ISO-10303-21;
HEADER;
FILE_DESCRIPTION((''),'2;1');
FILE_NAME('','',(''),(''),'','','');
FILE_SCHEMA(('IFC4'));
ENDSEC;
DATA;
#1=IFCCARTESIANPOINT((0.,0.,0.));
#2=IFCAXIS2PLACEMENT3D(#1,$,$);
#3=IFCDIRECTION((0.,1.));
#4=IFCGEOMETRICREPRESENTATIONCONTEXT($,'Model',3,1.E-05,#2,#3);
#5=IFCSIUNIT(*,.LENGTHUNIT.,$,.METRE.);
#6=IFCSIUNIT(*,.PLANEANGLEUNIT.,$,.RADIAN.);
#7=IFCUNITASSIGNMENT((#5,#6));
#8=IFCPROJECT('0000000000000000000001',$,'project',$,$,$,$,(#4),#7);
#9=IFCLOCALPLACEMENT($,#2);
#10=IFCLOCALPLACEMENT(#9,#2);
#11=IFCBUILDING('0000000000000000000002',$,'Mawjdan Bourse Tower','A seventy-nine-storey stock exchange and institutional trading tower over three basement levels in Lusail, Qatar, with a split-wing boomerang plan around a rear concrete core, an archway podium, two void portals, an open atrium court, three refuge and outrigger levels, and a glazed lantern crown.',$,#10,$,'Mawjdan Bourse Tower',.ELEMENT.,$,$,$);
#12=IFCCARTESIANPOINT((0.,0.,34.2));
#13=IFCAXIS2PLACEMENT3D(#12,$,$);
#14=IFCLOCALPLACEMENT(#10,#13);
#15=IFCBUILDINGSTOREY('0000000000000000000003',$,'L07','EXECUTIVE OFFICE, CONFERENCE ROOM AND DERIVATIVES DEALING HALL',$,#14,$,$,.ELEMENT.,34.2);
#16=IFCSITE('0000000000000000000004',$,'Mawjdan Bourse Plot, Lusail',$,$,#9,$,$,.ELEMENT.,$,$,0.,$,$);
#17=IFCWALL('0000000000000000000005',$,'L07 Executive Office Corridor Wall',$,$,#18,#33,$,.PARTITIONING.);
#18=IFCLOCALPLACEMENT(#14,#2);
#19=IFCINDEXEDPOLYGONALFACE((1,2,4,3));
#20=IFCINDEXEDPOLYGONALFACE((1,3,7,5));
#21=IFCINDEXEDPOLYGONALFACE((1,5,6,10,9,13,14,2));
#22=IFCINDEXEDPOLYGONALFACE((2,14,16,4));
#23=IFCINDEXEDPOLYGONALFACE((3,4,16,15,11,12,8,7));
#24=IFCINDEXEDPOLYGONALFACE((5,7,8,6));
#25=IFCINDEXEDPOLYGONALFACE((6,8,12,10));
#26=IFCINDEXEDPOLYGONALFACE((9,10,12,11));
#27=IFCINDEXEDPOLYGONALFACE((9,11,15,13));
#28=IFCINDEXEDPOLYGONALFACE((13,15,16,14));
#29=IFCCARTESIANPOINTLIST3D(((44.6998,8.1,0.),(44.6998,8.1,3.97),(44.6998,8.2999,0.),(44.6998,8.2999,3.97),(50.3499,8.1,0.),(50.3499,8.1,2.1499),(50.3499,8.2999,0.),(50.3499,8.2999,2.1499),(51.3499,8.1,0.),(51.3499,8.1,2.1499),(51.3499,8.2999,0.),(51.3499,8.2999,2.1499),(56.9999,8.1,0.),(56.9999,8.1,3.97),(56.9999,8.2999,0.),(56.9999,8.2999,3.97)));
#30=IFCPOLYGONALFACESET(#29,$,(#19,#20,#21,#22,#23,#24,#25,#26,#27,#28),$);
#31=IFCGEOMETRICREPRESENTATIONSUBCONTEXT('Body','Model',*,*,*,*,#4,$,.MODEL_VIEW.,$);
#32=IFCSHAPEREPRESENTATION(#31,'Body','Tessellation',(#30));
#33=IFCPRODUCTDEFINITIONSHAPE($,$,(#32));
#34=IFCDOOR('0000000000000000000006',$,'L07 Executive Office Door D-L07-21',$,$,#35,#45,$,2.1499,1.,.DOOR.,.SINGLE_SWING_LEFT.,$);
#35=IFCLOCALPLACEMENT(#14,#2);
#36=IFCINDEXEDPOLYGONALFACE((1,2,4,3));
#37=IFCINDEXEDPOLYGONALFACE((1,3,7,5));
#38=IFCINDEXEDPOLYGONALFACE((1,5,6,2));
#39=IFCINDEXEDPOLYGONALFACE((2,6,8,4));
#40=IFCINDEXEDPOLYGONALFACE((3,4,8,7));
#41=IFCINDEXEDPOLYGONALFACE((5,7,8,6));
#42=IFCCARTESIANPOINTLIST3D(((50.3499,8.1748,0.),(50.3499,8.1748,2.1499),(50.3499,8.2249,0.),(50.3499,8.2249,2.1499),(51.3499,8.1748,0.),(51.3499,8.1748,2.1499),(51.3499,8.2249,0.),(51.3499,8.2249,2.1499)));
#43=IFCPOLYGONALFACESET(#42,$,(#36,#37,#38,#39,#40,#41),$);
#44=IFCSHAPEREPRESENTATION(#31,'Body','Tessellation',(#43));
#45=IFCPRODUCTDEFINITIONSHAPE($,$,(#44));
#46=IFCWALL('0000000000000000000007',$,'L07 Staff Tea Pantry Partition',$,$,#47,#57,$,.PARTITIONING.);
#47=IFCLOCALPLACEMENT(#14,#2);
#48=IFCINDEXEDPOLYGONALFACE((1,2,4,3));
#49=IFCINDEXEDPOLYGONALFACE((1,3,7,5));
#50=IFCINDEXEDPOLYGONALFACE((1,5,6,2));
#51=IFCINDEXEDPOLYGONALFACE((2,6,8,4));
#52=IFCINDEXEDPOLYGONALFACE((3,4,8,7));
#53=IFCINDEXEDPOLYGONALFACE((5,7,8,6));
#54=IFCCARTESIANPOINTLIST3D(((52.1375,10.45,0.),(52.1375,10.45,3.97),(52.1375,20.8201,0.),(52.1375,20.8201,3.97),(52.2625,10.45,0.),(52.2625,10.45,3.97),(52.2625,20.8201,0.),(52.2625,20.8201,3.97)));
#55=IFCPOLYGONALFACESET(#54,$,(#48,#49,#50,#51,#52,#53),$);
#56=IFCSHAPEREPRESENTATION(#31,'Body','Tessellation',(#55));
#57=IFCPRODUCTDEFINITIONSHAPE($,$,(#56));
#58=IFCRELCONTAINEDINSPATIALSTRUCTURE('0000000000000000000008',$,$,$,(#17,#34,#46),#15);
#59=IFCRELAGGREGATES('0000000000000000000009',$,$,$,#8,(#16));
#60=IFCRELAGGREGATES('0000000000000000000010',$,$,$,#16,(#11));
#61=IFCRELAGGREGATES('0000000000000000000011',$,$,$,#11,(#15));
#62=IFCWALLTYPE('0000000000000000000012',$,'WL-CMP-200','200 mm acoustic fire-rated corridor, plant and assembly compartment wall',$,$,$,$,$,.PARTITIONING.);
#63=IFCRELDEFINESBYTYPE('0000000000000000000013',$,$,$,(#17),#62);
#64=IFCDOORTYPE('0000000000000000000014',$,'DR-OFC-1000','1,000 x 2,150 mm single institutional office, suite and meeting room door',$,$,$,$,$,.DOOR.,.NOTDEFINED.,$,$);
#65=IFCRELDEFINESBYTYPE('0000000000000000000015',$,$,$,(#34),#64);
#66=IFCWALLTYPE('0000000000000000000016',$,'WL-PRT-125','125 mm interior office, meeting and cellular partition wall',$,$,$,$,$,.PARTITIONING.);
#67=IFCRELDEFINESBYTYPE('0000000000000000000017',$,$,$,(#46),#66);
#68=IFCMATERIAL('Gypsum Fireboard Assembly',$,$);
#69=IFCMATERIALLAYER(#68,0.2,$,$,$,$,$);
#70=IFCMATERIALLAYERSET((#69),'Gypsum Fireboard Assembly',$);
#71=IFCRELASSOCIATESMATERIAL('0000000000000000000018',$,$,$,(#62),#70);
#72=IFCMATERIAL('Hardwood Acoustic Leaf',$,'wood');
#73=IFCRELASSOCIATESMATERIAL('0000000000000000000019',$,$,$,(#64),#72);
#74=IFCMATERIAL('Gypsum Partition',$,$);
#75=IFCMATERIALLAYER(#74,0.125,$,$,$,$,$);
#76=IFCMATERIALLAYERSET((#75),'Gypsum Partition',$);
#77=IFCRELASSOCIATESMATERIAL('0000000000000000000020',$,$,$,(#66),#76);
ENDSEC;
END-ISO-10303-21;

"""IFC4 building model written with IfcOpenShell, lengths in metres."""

from ifc_helpers import new_model, si_unit, direction, frame, frame_2d, origin, place, context, subcontext, project, spatial, rectangle, extrude, material, layer, layer_set, type_object, element, fill, save


model = new_model("IFC4")

# Units and contexts
model_context = context("Model", 3, precision=1e-05, world=origin(), true_north=direction((0.0, 1.0)))
body_context = subcontext(model_context, "Body", "Model", "MODEL_VIEW")
ifc_project = project(units=[si_unit("LENGTHUNIT", "METRE"), si_unit("PLANEANGLEUNIT", "RADIAN")], contexts=[model_context])

# Site, building, storey
site_placement = place(None, origin())
site = spatial("IfcSite", under=ifc_project, at=site_placement, Name="Mawjdan Bourse Plot, Lusail", CompositionType="ELEMENT", RefElevation=0.0)
building_placement = place(site_placement, origin())
building = spatial("IfcBuilding", under=site, at=building_placement, Name="Mawjdan Bourse Tower", Description="A seventy-nine-storey stock exchange and institutional trading tower over three basement levels in Lusail, Qatar, with a split-wing boomerang plan around a rear concrete core, an archway podium, two void portals, an open atrium court, three refuge and outrigger levels, and a glazed lantern crown.", LongName="Mawjdan Bourse Tower", CompositionType="ELEMENT")
storey_placement = place(building_placement, frame((0.0, 0.0, 34.2)))
storey = spatial("IfcBuildingStorey", under=building, at=storey_placement, Name="L07", Description="EXECUTIVE OFFICE, CONFERENCE ROOM AND DERIVATIVES DEALING HALL", CompositionType="ELEMENT", Elevation=34.2)

# Wall, opening, door
ifc_material_1 = material(Name="Gypsum Fireboard Assembly")
ifc_layer_1 = layer(ifc_material_1, 0.2)
ifc_layer_set_1 = layer_set([ifc_layer_1], Name="Gypsum Fireboard Assembly")
wall_type_1 = type_object("IfcWallType", Name="WL-CMP-200", Description="200 mm acoustic fire-rated corridor, plant and assembly compartment wall", PredefinedType="PARTITIONING", material=ifc_layer_set_1)
wall_1_placement = place(storey_placement, frame((44.7, 8.2, 0.0), z_axis=(0.0, 0.0, 1.0), x_axis=(1.0, 0.0, 0.0)))
wall_1 = element("IfcWall", 1, at=wall_1_placement, inside=storey, type_object=wall_type_1, Name="L07 Executive Office Corridor Wall", PredefinedType="PARTITIONING", context=body_context, shape_type="SweptSolid", body=[
    extrude(rectangle(XDim=12.3, YDim=0.2, at=frame_2d((6.1499, 0.0))), origin(), (0.0, 0.0, 1.0), 3.97),
])
opening_1_placement = place(wall_1_placement, frame((5.6499, 0.0, 0.0)))
opening_1 = element("IfcOpeningElement", 2, at=opening_1_placement, cuts=wall_1, PredefinedType="OPENING", context=body_context, shape_type="SweptSolid", body=[
    extrude(rectangle(XDim=1.0, YDim=2.1499, at=frame_2d((0.5, 1.075))), frame((0.0, 0.1099, 0.0), z_axis=(0.0, -1.0, 0.0), x_axis=(1.0, 0.0, 0.0)), (0.0, 0.0, 1.0), 0.22),
])
ifc_material_2 = material(Name="Hardwood Acoustic Leaf", Category="wood")
door_type = type_object("IfcDoorType", Name="DR-OFC-1000", Description="1,000 x 2,150 mm single institutional office, suite and meeting room door", OperationType="NOTDEFINED", PredefinedType="DOOR", material=ifc_material_2)
door_1_placement = place(opening_1_placement, origin())
door_1 = element("IfcDoor", 3, at=door_1_placement, inside=storey, type_object=door_type, Name="L07 Executive Office Door D-L07-21", OperationType="SINGLE_SWING_LEFT", OverallHeight=2.1499, OverallWidth=1.0, PredefinedType="DOOR", context=body_context, shape_type="SweptSolid", body=[
    extrude(rectangle(XDim=1.0, YDim=2.1499, at=frame_2d((0.5, 1.075))), frame((0.0, 0.0249, 0.0), z_axis=(0.0, -1.0, 0.0), x_axis=(1.0, 0.0, 0.0)), (0.0, 0.0, 1.0), 0.05),
])
fill(opening_1, door_1)

# Wall
ifc_material_3 = material(Name="Gypsum Partition")
ifc_layer_2 = layer(ifc_material_3, 0.125)
ifc_layer_set_2 = layer_set([ifc_layer_2], Name="Gypsum Partition")
wall_type_2 = type_object("IfcWallType", Name="WL-PRT-125", Description="125 mm interior office, meeting and cellular partition wall", PredefinedType="PARTITIONING", material=ifc_layer_set_2)
wall_2_placement = place(storey_placement, frame((52.2, 10.45, 0.0), z_axis=(0.0, 0.0, 1.0), x_axis=(0.0, 1.0, 0.0)))
element("IfcWall", 4, at=wall_2_placement, inside=storey, type_object=wall_type_2, Name="L07 Staff Tea Pantry Partition", PredefinedType="PARTITIONING", context=body_context, shape_type="SweptSolid", body=[
    extrude(rectangle(XDim=10.3701, YDim=0.125, at=frame_2d((5.1851, 0.0))), origin(), (0.0, 0.0, 1.0), 3.97),
])

save(model, "model.ifc")
